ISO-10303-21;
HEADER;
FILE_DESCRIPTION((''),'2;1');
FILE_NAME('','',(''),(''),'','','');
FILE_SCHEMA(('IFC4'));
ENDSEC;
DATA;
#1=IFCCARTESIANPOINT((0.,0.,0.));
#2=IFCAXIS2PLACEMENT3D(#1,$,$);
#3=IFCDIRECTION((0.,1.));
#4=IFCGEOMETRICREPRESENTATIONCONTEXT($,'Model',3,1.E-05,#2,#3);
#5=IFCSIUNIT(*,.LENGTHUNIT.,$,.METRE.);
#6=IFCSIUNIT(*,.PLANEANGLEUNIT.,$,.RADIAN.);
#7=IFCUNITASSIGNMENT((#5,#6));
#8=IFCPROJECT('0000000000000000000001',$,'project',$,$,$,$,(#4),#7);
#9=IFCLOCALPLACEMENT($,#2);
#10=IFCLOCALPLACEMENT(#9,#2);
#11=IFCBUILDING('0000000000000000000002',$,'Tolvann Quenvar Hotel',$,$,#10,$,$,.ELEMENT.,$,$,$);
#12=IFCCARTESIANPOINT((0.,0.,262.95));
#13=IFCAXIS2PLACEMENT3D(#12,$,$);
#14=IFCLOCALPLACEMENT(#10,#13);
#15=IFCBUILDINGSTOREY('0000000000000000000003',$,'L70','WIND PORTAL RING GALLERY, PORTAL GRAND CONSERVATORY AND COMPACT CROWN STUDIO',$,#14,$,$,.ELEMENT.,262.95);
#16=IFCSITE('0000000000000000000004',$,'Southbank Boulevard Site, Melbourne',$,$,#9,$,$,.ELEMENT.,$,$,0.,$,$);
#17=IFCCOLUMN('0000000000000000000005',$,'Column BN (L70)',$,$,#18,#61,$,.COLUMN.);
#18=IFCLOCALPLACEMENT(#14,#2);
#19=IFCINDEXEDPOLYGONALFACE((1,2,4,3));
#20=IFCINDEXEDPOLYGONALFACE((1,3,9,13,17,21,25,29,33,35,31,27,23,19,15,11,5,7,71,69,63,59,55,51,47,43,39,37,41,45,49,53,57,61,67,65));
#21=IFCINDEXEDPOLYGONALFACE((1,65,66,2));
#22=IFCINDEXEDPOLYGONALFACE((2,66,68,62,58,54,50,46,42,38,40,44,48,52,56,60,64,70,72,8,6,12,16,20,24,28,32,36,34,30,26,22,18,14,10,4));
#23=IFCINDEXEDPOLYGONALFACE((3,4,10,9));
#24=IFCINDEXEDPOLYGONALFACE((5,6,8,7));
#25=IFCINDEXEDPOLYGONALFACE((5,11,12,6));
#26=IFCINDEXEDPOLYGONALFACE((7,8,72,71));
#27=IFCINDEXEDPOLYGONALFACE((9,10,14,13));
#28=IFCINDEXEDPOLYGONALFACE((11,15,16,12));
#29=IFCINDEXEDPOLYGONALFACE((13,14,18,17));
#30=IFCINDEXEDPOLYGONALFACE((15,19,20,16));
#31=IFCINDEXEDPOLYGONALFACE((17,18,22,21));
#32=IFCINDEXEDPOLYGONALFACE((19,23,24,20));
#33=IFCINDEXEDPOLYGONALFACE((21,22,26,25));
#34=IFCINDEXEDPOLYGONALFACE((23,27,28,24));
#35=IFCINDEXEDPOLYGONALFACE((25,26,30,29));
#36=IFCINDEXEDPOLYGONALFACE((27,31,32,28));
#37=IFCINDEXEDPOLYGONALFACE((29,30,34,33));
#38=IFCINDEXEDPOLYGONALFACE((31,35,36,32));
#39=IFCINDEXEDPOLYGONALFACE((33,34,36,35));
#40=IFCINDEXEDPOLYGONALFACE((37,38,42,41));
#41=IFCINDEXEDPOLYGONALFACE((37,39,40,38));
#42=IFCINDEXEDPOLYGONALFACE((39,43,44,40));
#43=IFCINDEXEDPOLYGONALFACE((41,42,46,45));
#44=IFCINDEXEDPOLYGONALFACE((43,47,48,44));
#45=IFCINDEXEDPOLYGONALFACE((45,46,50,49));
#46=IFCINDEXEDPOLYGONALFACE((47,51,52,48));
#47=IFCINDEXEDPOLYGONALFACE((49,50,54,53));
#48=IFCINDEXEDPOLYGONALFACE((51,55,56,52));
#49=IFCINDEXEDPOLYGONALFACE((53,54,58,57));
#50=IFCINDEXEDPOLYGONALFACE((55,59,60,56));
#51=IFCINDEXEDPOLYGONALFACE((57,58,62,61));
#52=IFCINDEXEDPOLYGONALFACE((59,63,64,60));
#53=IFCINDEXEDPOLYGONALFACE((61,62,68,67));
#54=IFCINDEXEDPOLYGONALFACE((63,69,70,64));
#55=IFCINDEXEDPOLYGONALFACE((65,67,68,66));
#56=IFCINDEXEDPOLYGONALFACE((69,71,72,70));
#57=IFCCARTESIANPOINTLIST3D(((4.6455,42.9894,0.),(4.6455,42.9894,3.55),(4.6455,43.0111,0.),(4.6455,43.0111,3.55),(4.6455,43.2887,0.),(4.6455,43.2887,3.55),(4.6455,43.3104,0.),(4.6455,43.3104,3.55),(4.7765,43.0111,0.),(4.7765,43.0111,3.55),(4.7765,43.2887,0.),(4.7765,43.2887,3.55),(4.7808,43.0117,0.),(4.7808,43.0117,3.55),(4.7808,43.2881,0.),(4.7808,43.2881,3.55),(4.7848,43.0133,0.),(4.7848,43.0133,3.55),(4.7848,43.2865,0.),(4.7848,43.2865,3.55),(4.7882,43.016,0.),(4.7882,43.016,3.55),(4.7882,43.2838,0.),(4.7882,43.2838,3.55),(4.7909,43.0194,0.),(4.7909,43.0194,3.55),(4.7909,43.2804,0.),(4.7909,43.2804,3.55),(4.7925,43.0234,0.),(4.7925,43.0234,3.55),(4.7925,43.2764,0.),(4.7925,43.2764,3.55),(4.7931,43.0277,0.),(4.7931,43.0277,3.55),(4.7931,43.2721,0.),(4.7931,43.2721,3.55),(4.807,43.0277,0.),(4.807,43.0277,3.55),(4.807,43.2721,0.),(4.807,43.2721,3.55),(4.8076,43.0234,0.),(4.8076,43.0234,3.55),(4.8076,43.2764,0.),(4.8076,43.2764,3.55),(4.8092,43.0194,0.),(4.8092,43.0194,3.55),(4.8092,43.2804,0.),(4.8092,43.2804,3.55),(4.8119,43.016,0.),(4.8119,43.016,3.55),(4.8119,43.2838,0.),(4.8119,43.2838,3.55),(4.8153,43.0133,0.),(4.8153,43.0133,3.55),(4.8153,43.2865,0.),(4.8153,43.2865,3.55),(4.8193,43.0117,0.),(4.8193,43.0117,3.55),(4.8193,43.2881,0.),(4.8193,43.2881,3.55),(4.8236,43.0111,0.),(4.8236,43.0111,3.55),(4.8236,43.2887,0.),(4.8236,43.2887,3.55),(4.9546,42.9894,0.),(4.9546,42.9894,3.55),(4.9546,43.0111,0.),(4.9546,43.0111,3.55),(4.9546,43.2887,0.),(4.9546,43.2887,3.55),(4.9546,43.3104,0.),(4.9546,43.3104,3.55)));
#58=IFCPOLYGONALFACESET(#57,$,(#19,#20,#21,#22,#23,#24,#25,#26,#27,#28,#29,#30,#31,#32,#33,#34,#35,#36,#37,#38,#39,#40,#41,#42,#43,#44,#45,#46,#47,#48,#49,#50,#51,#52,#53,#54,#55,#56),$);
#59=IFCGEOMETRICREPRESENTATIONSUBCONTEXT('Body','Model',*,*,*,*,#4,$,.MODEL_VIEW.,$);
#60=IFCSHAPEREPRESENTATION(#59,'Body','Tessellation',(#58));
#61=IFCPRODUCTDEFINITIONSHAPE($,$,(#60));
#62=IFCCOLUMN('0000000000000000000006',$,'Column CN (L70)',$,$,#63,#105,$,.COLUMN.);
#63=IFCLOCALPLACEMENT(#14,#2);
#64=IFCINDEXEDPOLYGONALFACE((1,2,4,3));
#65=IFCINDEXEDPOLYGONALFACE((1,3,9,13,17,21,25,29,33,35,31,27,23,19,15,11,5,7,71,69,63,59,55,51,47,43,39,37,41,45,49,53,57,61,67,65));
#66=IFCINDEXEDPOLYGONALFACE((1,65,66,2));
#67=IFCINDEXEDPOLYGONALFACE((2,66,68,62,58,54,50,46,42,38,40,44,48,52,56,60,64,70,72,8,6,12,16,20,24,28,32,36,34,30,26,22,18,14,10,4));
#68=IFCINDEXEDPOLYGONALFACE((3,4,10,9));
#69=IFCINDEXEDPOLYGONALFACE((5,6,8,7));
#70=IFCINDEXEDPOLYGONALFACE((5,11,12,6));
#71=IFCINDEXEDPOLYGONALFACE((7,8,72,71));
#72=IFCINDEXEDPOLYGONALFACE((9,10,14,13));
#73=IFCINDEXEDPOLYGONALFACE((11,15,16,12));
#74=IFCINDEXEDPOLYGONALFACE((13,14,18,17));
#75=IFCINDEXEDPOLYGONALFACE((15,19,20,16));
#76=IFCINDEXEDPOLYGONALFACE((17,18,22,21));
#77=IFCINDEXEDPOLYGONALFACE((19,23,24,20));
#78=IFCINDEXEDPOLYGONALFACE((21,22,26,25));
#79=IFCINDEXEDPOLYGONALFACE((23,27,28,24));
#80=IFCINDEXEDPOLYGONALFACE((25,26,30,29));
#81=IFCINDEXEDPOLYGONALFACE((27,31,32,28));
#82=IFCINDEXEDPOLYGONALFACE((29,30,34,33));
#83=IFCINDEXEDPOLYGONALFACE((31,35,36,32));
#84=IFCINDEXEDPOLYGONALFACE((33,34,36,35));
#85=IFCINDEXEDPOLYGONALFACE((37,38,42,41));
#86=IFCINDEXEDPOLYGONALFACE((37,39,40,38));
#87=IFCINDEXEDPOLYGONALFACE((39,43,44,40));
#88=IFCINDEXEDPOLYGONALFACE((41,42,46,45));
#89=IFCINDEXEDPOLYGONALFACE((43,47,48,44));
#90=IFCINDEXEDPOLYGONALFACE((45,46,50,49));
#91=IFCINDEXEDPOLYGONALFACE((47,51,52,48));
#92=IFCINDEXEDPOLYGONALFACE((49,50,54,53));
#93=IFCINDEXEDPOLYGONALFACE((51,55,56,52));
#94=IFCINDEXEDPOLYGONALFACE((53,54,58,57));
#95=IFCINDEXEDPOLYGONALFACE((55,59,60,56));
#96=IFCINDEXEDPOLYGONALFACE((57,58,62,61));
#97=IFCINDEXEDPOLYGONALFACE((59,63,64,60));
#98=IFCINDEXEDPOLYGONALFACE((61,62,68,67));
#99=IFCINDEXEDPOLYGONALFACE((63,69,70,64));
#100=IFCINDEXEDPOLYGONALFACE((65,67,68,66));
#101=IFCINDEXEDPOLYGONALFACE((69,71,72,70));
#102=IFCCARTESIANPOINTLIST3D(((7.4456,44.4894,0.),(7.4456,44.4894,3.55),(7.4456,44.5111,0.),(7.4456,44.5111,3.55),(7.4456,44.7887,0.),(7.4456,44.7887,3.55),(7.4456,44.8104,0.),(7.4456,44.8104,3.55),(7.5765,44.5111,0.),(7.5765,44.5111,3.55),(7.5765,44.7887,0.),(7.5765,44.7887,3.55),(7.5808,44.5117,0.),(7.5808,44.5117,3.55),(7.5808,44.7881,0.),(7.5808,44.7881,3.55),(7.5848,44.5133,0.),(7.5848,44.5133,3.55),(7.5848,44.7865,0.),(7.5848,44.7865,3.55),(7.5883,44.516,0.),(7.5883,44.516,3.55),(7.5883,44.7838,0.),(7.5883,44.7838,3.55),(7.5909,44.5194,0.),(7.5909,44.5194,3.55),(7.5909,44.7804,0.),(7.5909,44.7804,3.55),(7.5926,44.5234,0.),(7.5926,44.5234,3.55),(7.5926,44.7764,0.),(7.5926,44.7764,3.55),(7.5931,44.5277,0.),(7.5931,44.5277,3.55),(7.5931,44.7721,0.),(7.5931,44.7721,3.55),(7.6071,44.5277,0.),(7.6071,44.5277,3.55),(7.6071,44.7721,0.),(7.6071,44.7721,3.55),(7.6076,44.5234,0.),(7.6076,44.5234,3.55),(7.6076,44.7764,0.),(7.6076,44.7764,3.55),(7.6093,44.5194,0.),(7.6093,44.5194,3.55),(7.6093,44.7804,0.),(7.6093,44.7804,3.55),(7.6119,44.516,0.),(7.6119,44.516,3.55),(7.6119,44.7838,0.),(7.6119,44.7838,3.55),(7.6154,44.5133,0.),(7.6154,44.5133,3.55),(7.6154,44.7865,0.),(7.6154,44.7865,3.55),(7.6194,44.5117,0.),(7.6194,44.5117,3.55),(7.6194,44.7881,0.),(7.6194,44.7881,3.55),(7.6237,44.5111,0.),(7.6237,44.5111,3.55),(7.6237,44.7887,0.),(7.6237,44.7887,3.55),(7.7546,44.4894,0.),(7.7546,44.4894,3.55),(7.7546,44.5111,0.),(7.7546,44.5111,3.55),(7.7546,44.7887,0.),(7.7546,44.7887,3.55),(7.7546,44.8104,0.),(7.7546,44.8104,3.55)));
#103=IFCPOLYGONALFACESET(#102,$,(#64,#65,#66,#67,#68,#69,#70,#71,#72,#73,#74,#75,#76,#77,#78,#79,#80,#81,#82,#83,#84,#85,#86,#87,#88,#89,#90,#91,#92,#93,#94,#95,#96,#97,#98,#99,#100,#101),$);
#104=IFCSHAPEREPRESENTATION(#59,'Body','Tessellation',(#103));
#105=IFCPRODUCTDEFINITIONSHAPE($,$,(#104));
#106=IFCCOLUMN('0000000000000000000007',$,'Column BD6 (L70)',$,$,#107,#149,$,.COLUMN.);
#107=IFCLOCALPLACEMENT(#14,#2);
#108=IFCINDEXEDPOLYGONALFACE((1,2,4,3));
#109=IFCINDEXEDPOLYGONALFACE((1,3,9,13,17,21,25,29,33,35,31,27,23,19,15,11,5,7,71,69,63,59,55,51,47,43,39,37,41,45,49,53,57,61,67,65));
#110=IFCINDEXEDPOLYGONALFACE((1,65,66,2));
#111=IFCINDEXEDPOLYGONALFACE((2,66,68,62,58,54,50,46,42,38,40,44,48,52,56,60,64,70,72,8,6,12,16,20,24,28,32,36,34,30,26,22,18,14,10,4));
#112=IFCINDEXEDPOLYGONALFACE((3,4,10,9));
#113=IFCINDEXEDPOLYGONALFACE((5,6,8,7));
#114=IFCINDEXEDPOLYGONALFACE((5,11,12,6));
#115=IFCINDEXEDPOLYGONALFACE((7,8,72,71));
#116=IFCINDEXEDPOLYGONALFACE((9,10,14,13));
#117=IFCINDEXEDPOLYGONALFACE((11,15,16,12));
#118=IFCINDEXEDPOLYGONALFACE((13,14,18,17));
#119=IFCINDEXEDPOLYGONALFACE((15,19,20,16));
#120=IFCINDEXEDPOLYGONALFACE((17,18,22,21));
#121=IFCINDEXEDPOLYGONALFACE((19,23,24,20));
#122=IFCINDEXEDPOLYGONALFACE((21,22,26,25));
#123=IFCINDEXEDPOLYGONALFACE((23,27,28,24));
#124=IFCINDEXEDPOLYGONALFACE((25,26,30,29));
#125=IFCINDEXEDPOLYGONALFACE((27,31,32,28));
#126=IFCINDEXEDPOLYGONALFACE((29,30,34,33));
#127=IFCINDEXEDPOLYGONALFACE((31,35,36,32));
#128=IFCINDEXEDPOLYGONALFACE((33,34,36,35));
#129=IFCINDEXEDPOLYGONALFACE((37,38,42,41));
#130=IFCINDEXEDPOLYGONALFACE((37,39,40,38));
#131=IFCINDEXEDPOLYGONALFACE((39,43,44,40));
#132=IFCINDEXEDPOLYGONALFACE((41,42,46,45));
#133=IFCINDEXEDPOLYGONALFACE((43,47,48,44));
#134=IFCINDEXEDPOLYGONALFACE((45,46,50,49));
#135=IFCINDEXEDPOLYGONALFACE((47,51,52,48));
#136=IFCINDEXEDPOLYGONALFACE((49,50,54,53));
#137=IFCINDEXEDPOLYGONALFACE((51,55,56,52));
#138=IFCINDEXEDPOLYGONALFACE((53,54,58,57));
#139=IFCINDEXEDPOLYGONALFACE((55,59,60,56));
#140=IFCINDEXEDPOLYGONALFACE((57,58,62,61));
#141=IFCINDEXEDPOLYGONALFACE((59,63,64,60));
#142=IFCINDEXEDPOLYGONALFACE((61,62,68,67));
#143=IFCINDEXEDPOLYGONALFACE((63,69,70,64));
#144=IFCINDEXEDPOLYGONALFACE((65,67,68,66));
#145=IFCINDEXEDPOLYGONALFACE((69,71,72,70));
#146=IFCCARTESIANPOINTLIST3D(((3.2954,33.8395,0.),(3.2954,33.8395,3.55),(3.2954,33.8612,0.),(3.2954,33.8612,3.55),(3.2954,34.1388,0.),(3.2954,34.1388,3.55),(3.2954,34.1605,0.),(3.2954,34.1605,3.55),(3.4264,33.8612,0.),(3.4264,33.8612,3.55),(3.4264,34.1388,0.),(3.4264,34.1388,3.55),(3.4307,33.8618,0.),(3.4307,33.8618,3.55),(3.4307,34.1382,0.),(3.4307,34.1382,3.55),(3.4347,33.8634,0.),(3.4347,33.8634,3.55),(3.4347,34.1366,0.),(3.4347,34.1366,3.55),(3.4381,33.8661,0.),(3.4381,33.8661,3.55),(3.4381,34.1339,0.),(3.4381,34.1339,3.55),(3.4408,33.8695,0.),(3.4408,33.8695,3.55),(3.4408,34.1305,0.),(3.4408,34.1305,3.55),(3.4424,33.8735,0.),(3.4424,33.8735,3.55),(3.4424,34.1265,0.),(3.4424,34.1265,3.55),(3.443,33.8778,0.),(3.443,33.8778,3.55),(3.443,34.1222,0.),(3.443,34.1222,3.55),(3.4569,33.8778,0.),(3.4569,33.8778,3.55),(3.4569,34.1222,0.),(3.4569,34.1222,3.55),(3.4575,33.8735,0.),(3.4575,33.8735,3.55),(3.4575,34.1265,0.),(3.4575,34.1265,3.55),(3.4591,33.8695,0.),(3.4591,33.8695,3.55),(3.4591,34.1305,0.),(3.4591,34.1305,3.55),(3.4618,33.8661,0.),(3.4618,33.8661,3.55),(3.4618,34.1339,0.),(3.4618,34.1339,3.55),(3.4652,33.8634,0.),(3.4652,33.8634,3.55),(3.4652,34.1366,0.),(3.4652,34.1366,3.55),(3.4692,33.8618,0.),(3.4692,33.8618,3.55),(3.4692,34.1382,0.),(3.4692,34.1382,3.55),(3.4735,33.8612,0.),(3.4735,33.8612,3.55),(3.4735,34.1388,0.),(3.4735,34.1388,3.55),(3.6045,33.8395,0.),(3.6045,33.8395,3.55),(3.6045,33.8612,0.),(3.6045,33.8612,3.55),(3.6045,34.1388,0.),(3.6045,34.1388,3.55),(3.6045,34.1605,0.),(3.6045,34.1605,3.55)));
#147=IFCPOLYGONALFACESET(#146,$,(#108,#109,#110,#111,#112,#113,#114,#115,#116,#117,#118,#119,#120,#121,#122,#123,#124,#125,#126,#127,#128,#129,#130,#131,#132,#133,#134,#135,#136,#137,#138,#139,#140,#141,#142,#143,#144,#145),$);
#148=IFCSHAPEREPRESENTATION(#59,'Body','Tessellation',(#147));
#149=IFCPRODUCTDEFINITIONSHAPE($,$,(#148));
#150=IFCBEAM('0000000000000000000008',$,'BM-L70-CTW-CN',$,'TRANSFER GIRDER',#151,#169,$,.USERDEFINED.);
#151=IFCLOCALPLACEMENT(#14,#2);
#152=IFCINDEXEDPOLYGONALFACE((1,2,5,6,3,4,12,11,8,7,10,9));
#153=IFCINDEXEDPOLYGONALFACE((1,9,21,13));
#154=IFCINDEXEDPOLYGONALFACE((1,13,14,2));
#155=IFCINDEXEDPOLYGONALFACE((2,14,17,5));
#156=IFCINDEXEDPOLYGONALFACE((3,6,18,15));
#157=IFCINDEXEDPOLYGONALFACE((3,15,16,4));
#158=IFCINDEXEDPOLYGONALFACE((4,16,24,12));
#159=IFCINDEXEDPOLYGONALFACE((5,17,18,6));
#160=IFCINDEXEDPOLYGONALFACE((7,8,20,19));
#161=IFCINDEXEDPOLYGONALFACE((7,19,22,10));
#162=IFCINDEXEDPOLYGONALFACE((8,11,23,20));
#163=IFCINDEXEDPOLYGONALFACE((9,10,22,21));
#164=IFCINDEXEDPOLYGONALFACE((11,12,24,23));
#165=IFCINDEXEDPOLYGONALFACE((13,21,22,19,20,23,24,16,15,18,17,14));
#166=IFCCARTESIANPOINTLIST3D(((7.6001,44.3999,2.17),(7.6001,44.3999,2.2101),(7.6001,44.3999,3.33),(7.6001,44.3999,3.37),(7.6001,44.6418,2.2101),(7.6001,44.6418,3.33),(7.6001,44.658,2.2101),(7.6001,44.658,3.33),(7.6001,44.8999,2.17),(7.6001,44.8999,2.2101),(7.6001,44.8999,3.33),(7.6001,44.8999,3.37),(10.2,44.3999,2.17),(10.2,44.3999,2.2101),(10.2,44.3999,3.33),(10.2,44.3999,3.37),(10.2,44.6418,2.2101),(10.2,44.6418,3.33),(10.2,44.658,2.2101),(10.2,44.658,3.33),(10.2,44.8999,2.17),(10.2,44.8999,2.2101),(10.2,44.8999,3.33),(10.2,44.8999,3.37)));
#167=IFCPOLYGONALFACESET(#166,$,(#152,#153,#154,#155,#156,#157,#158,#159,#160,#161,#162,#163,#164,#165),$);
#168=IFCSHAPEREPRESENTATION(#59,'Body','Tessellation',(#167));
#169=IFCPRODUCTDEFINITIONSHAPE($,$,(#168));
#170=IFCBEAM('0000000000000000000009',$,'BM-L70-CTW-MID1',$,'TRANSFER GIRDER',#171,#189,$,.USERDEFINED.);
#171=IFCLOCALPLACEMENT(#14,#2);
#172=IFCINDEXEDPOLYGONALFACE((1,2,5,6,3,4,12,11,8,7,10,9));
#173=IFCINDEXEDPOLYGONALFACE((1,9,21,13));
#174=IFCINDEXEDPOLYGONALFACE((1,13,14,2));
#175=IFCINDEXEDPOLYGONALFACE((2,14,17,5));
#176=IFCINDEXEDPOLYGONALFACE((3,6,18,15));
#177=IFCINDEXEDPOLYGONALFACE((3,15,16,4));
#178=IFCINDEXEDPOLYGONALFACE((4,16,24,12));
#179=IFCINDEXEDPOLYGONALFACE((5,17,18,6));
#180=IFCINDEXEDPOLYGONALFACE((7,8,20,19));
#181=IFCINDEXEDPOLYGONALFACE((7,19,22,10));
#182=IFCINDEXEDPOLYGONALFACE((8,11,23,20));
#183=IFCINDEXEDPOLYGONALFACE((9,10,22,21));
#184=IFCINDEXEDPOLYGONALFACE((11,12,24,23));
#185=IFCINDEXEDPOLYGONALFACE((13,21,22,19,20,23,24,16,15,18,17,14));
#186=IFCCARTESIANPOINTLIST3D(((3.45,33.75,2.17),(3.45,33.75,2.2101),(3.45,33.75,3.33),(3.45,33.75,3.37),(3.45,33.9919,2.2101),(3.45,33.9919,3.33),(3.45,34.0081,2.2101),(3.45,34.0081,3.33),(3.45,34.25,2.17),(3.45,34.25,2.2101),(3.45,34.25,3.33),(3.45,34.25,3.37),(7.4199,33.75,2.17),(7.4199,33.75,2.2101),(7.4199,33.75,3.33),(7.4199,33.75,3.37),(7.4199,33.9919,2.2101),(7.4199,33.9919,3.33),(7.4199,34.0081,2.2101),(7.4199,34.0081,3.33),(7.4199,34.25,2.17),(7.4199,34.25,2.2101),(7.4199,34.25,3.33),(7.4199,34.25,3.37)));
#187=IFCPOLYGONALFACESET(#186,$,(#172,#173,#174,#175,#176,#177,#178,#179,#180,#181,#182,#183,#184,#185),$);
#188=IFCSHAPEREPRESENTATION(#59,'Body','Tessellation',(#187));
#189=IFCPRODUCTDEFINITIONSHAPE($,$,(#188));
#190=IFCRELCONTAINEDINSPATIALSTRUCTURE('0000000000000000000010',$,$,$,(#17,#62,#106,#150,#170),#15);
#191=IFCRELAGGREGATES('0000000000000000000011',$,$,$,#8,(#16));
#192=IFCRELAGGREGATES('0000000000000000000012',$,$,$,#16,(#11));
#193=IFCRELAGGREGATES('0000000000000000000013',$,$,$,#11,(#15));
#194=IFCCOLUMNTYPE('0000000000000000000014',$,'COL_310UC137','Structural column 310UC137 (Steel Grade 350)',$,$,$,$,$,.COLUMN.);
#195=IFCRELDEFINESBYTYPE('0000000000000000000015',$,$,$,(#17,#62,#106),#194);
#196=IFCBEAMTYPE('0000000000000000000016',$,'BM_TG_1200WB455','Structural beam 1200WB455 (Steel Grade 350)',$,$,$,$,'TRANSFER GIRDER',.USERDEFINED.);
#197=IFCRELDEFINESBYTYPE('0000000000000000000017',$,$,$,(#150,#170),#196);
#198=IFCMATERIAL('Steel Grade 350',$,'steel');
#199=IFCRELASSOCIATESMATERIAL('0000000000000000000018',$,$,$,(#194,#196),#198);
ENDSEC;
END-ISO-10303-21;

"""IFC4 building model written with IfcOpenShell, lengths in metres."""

from ifc_helpers import new_model, si_unit, direction, frame, origin, origin_2d, place, context, subcontext, project, spatial, i_section, extrude, source, transform, mapped, material, material_profile, profile_set, type_object, type_shapes, element, save


model = new_model("IFC4")

# Units and contexts
model_context = context("Model", 3, precision=1e-05, world=origin(), true_north=direction((0.0, 1.0)))
body_context = subcontext(model_context, "Body", "Model", "MODEL_VIEW")
ifc_project = project(units=[si_unit("LENGTHUNIT", "METRE"), si_unit("PLANEANGLEUNIT", "RADIAN")], contexts=[model_context])

# Site, building, storey
site_placement = place(None, origin())
site = spatial("IfcSite", under=ifc_project, at=site_placement, Name="Southbank Boulevard Site, Melbourne", CompositionType="ELEMENT", RefElevation=0.0)
building_placement = place(site_placement, origin())
building = spatial("IfcBuilding", under=site, at=building_placement, Name="Tolvann Quenvar Hotel", CompositionType="ELEMENT")
storey_placement = place(building_placement, frame((0.0, 0.0, 262.95)))
storey = spatial("IfcBuildingStorey", under=building, at=storey_placement, Name="L70", Description="WIND PORTAL RING GALLERY, PORTAL GRAND CONSERVATORY AND COMPACT CROWN STUDIO", CompositionType="ELEMENT", Elevation=262.95)

# Columns
ifc_material_1 = material(Name="Steel Grade 350", Category="steel")
ifc_material_profile_1 = material_profile(ifc_material_1, i_section(OverallWidth=0.3091, OverallDepth=0.321, WebThickness=0.0139, FlangeThickness=0.0217, FilletRadius=0.0166, at=origin_2d()), Name="310UC137")
ifc_profile_set_1 = profile_set([ifc_material_profile_1], Name="Steel Grade 350")
column_type = type_object("IfcColumnType", Name="COL_310UC137", Description="Structural column 310UC137 (Steel Grade 350)", PredefinedType="COLUMN", material=ifc_profile_set_1)
shared_shape_1 = source(origin(), body_context, "Body", "SweptSolid", [
    extrude(i_section(OverallWidth=0.3091, OverallDepth=0.321, WebThickness=0.0139, FlangeThickness=0.0217, FilletRadius=0.0166, at=origin_2d()), origin(), (0.0, 0.0, 1.0), 3.55),
])
type_shapes(column_type, [shared_shape_1])
for number, where, z_axis, x_axis, name in (
    (1, (4.8, 43.1499, 0.0), (0.0, 0.0, 1.0), (1.0, 0.0, 0.0), "Column BN (L70)"),
    (2, (7.6001, 44.6499, 0.0), (0.0, 0.0, 1.0), (1.0, 0.0, 0.0), "Column CN (L70)"),
    (3, (3.45, 34.0, 0.0), (0.0, 0.0, 1.0), (1.0, 0.0, 0.0), "Column BD6 (L70)"),
):
    element("IfcColumn", number, at=place(storey_placement, frame(where, z_axis=z_axis, x_axis=x_axis)), inside=storey, type_object=column_type, Name=name, PredefinedType="COLUMN", context=body_context, shape_type="MappedRepresentation", body=[
        mapped(shared_shape_1, transform((0.0, 0.0, 0.0), x_axis=(1.0, 0.0, 0.0), y_axis=(0.0, 1.0, 0.0), z_axis=(0.0, 0.0, 1.0), scale=1.0)),
    ])

# Beams
ifc_material_profile_2 = material_profile(ifc_material_1, i_section(OverallWidth=0.5, OverallDepth=1.2, WebThickness=0.0161, FlangeThickness=0.04, at=origin_2d()), Name="1200WB455")
ifc_profile_set_2 = profile_set([ifc_material_profile_2], Name="Steel Grade 350")
beam_type_1 = type_object("IfcBeamType", Name="BM_TG_1200WB455", Description="Structural beam 1200WB455 (Steel Grade 350)", ElementType="TRANSFER GIRDER", PredefinedType="USERDEFINED", material=ifc_profile_set_2)
shared_shape_2 = source(origin(), body_context, "Body", "SweptSolid", [
    extrude(i_section(OverallWidth=0.5, OverallDepth=1.2, WebThickness=0.0161, FlangeThickness=0.04, at=origin_2d()), origin(), (0.0, 0.0, 1.0), 2.5999),
])
beam_1_placement = place(storey_placement, frame((7.6001, 44.6499, 2.77), z_axis=(1.0, 0.0, 0.0), x_axis=(0.0, 1.0, 0.0)))
element("IfcBeam", 4, at=beam_1_placement, inside=storey, type_object=beam_type_1, Name="BM-L70-CTW-CN", ObjectType="TRANSFER GIRDER", PredefinedType="USERDEFINED", context=body_context, shape_type="MappedRepresentation", body=[
    mapped(shared_shape_2, transform((0.0, 0.0, 0.0), x_axis=(1.0, 0.0, 0.0), y_axis=(0.0, 1.0, 0.0), z_axis=(0.0, 0.0, 1.0), scale=1.0)),
])
shared_shape_3 = source(origin(), body_context, "Body", "SweptSolid", [
    extrude(i_section(OverallWidth=0.5, OverallDepth=1.2, WebThickness=0.0161, FlangeThickness=0.04, at=origin_2d()), origin(), (0.0, 0.0, 1.0), 3.97),
])
type_shapes(beam_type_1, [shared_shape_2, shared_shape_3])
beam_2_placement = place(storey_placement, frame((3.45, 34.0, 2.77), z_axis=(1.0, 0.0, 0.0), x_axis=(0.0, 1.0, 0.0)))
element("IfcBeam", 5, at=beam_2_placement, inside=storey, type_object=beam_type_1, Name="BM-L70-CTW-MID1", ObjectType="TRANSFER GIRDER", PredefinedType="USERDEFINED", context=body_context, shape_type="MappedRepresentation", body=[
    mapped(shared_shape_3, transform((0.0, 0.0, 0.0), x_axis=(1.0, 0.0, 0.0), y_axis=(0.0, 1.0, 0.0), z_axis=(0.0, 0.0, 1.0), scale=1.0)),
])

save(model, "model.ifc")
